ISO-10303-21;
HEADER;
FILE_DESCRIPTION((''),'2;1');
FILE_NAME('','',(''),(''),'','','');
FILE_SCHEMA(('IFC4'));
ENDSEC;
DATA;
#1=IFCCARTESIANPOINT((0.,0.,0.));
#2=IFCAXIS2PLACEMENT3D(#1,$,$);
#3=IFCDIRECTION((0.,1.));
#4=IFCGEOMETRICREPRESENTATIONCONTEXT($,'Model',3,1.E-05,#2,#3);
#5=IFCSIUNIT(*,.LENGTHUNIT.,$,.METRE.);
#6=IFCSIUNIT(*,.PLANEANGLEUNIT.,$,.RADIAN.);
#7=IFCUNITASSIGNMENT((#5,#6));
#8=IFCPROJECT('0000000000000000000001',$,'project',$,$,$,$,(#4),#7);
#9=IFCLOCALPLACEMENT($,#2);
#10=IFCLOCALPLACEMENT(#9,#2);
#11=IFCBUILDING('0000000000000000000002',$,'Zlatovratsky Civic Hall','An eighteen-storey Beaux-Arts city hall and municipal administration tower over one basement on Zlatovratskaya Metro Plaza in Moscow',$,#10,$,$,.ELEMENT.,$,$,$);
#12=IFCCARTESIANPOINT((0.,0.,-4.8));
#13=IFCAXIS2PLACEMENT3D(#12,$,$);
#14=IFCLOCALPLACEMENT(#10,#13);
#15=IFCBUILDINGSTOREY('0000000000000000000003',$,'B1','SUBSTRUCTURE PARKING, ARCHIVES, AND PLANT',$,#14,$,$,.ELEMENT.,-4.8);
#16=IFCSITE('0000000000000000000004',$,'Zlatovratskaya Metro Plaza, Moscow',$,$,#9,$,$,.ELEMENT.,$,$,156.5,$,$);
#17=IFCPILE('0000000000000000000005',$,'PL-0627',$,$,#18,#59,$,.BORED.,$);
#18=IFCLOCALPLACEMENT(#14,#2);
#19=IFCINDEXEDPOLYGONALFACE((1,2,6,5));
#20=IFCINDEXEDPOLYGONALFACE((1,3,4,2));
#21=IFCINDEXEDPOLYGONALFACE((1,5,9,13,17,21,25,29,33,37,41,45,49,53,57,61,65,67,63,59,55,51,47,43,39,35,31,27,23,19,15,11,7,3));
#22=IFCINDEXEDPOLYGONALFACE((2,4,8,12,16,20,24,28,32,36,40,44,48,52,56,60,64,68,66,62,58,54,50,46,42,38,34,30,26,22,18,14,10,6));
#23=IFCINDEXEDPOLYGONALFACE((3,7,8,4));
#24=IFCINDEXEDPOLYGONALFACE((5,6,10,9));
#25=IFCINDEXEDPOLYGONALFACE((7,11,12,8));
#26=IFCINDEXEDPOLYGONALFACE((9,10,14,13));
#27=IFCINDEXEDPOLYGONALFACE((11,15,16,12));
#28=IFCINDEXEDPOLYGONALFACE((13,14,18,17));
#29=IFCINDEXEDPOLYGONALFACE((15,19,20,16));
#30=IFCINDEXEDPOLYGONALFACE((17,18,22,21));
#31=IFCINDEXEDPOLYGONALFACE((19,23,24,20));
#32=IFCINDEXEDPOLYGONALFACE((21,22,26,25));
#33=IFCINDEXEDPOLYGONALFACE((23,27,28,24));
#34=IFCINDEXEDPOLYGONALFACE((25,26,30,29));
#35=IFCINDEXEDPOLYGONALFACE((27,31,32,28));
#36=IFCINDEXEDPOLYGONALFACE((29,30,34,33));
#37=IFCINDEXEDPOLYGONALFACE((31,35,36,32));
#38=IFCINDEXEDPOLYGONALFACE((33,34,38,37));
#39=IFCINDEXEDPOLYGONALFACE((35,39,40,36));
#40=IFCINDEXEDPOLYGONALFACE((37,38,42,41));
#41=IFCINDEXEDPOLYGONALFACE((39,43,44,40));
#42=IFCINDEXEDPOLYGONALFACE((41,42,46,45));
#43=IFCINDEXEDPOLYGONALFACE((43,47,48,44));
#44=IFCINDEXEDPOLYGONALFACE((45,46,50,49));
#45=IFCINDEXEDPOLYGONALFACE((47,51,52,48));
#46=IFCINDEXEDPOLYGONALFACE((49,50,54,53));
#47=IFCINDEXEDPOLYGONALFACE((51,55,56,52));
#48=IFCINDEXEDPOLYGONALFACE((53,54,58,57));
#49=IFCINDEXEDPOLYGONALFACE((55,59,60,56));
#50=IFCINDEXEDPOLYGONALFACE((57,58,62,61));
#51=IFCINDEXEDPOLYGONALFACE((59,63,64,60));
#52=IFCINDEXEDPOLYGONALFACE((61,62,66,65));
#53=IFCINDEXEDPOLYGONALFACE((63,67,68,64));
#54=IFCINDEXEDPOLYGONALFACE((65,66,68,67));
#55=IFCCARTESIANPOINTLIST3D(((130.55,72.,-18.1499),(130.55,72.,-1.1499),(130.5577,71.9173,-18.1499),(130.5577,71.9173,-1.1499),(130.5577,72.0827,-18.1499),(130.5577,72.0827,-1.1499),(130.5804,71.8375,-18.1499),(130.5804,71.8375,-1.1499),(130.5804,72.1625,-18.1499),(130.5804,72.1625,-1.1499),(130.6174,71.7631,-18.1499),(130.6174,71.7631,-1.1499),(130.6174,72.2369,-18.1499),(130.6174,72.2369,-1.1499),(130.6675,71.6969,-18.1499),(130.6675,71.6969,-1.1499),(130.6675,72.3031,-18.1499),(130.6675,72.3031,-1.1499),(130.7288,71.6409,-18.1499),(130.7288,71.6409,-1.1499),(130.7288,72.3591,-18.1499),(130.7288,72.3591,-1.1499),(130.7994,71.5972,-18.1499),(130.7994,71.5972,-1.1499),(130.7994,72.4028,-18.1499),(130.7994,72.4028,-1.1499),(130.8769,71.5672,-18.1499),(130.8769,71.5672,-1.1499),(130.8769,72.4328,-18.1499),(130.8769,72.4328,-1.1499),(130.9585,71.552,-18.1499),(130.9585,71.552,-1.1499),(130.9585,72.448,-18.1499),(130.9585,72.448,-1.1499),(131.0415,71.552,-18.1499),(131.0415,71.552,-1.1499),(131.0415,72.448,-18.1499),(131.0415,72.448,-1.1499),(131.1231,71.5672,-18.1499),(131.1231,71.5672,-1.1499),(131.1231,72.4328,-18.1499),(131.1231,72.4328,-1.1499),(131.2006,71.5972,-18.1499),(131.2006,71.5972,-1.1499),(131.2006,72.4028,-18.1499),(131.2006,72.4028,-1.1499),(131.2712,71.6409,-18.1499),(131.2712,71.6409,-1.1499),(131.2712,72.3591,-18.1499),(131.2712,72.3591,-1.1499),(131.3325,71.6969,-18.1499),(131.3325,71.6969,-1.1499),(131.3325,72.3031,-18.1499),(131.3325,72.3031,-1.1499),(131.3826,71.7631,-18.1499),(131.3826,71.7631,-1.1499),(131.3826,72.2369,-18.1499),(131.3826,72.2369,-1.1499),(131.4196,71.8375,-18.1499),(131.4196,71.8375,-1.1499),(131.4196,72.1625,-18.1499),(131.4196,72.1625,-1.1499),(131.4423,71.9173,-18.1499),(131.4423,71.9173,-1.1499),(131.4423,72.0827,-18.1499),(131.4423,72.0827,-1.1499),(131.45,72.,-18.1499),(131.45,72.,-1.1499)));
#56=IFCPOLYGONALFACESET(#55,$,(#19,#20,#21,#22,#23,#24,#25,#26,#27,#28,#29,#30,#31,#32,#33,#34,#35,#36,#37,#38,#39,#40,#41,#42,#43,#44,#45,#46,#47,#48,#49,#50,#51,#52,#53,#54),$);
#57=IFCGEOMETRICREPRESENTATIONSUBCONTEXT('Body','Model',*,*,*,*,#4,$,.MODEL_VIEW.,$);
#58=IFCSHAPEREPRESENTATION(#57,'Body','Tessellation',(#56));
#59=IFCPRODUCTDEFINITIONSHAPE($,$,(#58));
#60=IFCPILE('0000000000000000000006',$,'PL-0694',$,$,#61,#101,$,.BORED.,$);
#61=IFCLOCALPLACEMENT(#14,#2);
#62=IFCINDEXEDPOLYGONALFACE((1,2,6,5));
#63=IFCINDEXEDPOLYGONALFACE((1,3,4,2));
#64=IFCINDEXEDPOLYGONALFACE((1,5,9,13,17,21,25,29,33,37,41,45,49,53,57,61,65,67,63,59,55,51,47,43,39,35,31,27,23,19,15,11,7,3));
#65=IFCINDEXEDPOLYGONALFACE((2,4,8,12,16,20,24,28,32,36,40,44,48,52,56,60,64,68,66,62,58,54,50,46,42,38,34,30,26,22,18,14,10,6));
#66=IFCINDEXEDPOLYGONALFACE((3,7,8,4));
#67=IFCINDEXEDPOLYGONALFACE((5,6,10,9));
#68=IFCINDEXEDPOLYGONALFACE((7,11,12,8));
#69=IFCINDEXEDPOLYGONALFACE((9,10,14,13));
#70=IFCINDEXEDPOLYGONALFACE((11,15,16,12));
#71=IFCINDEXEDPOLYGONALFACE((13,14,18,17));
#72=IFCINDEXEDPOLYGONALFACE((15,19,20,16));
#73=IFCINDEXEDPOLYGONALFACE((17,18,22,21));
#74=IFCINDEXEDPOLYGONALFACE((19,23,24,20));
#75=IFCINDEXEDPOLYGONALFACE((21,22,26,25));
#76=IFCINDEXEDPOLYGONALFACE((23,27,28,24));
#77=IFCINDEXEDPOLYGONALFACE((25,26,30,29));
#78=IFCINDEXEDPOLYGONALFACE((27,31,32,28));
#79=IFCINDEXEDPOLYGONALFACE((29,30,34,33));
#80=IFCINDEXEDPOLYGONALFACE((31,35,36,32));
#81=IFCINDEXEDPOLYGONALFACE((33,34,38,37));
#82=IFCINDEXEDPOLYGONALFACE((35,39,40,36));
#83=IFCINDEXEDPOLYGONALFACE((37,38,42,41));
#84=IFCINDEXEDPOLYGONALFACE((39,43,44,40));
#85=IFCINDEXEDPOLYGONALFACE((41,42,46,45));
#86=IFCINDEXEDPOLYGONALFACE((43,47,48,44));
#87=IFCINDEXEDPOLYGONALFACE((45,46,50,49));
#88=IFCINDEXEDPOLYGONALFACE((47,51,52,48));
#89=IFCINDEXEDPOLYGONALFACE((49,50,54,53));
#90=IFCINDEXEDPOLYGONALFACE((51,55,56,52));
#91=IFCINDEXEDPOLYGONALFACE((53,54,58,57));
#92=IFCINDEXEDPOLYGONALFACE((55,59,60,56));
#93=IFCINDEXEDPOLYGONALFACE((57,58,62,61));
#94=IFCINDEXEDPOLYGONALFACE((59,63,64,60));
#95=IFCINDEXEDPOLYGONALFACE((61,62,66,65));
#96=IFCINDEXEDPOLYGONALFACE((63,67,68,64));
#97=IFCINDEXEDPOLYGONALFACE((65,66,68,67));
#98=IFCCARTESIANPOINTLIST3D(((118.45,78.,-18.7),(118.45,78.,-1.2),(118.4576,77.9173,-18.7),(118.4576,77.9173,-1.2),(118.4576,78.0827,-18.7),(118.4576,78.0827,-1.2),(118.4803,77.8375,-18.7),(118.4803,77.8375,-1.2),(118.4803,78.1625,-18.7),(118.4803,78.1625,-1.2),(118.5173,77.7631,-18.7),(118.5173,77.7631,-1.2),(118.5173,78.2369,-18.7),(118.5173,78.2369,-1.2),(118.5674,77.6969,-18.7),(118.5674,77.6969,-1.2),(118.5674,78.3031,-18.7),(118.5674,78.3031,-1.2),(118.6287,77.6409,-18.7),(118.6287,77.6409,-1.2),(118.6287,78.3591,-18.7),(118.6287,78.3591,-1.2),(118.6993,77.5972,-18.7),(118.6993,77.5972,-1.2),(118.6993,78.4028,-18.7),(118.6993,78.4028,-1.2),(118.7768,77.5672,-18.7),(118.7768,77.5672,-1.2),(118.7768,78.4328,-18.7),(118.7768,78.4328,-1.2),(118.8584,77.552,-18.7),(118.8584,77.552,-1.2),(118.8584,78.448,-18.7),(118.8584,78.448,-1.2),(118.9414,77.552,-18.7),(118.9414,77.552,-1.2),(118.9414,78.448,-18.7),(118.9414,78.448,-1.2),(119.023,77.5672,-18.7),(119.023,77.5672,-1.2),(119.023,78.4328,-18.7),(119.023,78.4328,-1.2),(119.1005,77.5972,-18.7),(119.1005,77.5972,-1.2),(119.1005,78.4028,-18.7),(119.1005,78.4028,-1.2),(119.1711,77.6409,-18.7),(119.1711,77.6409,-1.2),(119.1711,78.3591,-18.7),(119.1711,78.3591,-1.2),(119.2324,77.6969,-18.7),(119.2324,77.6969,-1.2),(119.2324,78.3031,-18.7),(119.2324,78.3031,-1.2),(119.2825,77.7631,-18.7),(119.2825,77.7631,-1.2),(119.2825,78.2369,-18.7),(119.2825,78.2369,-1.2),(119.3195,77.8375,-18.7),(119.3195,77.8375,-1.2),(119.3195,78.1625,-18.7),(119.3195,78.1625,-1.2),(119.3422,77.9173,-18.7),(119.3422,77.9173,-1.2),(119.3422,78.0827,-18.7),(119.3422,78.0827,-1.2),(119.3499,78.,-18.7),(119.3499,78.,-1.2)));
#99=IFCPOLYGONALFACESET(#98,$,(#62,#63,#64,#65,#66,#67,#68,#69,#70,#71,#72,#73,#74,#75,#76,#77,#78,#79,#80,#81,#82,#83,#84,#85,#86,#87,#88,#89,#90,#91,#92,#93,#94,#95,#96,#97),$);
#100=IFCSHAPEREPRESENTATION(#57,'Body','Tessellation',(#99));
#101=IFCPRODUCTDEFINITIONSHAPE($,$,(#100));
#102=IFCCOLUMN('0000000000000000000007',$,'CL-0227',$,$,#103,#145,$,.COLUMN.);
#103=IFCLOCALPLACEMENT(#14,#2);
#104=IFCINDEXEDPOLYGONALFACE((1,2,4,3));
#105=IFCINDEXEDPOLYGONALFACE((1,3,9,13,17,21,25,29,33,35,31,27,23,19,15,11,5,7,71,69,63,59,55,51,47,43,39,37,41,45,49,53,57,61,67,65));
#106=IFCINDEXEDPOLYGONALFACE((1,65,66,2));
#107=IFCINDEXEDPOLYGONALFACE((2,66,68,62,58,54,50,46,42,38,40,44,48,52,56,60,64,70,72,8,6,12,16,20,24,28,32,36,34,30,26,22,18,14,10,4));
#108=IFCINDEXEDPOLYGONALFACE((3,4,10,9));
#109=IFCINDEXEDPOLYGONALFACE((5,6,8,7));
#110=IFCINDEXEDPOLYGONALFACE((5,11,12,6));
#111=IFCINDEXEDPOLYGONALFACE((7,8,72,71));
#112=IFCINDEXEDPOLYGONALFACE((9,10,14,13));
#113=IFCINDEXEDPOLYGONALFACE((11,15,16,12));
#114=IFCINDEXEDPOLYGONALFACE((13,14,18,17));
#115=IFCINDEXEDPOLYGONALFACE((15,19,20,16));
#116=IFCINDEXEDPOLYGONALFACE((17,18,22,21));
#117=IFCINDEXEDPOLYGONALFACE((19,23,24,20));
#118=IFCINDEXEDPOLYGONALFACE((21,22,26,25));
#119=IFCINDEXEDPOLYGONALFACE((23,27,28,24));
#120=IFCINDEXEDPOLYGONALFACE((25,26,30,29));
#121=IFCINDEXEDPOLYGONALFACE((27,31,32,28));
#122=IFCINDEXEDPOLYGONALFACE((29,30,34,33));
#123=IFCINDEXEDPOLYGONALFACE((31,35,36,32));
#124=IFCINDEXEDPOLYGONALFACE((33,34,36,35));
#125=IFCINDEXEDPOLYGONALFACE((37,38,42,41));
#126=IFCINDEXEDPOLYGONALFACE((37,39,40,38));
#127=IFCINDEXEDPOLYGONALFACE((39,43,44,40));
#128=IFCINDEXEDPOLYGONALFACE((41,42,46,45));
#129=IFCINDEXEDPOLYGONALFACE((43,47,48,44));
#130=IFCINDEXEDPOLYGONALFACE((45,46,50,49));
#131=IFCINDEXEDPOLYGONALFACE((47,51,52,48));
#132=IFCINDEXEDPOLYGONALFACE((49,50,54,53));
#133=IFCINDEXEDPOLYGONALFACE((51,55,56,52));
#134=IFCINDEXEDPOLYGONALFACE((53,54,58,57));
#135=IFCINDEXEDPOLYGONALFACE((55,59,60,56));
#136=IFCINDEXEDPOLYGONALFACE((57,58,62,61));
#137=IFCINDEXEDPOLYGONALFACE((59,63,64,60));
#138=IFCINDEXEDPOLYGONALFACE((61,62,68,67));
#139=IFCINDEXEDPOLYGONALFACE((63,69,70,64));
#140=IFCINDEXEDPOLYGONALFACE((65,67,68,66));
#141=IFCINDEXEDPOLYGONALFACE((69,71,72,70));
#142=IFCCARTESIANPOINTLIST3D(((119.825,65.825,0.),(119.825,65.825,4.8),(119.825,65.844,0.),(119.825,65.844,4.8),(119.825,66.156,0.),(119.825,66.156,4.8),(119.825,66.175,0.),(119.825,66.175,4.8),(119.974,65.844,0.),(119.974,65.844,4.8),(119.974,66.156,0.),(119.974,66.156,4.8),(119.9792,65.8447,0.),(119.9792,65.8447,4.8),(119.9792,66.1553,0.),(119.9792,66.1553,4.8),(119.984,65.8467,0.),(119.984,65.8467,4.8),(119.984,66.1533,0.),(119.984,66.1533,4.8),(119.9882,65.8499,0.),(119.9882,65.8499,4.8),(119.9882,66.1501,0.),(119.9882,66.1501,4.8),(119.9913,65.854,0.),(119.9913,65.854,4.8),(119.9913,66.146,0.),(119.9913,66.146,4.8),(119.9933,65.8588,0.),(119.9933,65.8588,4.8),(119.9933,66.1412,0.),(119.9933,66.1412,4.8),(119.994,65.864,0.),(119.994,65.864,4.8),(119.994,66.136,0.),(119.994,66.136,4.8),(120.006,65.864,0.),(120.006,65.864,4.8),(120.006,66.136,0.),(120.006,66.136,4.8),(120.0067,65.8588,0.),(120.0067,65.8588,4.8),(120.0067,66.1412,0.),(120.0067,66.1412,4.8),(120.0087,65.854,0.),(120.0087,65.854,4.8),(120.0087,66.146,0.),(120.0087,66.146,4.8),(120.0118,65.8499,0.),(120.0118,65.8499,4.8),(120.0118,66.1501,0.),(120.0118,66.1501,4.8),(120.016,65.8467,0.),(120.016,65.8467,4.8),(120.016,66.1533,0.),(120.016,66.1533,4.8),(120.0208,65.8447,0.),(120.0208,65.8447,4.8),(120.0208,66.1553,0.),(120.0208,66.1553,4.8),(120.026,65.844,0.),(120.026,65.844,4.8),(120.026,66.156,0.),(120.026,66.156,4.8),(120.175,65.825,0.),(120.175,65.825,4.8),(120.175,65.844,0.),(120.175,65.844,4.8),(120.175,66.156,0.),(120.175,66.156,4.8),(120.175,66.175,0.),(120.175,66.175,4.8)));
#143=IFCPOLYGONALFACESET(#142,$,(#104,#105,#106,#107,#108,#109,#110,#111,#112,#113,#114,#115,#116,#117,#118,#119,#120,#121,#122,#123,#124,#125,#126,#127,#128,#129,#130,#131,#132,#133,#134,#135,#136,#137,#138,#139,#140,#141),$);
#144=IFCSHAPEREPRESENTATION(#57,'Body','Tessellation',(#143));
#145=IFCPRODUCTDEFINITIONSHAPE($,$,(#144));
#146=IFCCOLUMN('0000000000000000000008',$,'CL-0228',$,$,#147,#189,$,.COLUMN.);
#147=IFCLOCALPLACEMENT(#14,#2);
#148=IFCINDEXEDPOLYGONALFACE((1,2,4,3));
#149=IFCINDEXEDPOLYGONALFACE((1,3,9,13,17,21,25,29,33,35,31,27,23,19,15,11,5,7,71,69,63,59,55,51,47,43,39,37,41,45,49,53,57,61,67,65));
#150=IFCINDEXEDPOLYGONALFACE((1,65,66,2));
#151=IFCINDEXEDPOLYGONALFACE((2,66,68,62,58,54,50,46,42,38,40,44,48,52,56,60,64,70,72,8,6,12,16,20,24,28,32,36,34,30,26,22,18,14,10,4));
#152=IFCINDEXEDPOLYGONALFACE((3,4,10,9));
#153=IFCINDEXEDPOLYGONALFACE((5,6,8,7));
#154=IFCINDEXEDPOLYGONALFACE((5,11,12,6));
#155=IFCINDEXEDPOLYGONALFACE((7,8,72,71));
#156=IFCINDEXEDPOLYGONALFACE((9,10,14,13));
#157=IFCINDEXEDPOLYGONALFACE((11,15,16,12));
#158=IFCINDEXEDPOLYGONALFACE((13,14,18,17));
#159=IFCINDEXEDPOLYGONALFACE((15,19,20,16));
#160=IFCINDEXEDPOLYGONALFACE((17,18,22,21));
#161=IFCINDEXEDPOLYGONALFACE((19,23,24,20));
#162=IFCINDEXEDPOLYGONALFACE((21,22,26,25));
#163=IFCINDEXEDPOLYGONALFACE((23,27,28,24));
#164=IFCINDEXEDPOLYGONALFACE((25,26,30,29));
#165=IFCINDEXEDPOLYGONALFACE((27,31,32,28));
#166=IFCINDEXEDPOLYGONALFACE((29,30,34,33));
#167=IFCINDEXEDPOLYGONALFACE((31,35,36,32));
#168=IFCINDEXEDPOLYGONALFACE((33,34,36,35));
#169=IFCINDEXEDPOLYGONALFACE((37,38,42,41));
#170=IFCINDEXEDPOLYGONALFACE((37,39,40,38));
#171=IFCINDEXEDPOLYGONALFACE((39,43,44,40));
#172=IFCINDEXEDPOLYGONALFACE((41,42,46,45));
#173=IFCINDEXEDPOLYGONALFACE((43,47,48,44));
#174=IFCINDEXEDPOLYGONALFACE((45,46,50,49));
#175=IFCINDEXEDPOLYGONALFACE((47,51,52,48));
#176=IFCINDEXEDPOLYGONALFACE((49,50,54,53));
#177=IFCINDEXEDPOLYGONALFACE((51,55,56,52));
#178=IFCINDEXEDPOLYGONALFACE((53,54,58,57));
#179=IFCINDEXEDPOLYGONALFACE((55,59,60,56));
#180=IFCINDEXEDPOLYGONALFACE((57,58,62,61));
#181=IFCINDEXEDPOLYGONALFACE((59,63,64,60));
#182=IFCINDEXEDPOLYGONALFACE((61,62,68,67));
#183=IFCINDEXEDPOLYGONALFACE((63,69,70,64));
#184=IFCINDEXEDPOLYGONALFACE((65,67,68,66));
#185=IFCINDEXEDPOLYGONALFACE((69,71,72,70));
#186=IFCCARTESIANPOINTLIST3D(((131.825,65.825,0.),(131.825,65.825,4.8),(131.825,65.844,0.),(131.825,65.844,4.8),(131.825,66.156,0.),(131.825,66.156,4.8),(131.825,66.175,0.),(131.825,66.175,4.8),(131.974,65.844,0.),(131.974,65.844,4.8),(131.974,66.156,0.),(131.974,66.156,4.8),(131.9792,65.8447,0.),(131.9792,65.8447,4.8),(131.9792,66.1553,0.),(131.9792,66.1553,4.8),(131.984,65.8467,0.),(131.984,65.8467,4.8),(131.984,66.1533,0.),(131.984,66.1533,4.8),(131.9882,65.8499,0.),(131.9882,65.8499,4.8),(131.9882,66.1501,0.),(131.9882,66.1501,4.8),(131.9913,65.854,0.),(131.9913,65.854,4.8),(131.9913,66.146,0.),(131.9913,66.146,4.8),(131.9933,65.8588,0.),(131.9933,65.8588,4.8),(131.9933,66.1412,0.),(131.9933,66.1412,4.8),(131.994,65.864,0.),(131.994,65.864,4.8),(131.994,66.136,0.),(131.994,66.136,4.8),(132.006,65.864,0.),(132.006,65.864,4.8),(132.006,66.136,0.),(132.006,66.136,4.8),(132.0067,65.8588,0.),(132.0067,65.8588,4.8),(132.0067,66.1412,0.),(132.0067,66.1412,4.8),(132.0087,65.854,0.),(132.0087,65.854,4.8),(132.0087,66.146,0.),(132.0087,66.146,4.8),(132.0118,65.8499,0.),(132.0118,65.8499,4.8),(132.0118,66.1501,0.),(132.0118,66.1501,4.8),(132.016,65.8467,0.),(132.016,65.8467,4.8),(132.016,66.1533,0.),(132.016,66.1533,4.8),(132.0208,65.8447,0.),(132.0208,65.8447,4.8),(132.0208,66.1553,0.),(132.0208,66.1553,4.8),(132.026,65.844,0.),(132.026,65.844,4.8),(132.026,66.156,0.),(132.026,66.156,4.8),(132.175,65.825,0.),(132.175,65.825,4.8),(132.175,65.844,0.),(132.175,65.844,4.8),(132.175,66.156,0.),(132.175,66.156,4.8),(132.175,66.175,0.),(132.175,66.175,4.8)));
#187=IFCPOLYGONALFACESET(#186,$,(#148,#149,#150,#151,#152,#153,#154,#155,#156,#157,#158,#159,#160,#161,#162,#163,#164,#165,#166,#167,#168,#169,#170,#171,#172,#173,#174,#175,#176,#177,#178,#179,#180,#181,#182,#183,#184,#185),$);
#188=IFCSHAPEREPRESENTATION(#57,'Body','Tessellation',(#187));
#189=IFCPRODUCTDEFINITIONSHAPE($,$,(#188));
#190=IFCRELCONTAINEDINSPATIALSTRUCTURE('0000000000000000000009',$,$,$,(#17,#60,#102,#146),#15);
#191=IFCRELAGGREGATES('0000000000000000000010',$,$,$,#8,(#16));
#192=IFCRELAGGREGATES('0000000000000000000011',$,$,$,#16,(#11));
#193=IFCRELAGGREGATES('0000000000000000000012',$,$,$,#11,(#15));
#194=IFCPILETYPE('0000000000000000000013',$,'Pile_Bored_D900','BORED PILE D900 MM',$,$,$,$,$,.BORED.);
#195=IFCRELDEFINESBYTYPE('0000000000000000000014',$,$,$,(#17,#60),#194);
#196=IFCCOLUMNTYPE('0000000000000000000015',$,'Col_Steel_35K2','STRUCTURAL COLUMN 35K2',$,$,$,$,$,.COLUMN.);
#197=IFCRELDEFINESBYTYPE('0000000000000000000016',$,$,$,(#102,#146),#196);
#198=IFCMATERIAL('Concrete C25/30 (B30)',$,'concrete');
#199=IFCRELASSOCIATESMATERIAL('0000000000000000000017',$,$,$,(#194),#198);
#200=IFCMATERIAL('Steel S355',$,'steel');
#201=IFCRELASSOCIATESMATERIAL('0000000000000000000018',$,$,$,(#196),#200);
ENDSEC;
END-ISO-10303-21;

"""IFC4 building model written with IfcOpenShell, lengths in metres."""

from ifc_helpers import new_model, si_unit, direction, frame, origin, origin_2d, place, context, subcontext, project, spatial, circle, i_section, extrude, material, material_profile, profile_set, type_object, element, save


model = new_model("IFC4")

# Units and contexts
model_context = context("Model", 3, precision=1e-05, world=origin(), true_north=direction((0.0, 1.0)))
body_context = subcontext(model_context, "Body", "Model", "MODEL_VIEW")
ifc_project = project(units=[si_unit("LENGTHUNIT", "METRE"), si_unit("PLANEANGLEUNIT", "RADIAN")], contexts=[model_context])

# Site, building, storey
site_placement = place(None, origin())
site = spatial("IfcSite", under=ifc_project, at=site_placement, Name="Zlatovratskaya Metro Plaza, Moscow", CompositionType="ELEMENT", RefElevation=156.5)
building_placement = place(site_placement, origin())
building = spatial("IfcBuilding", under=site, at=building_placement, Name="Zlatovratsky Civic Hall", Description="An eighteen-storey Beaux-Arts city hall and municipal administration tower over one basement on Zlatovratskaya Metro Plaza in Moscow", CompositionType="ELEMENT")
storey_placement = place(building_placement, frame((0.0, 0.0, -4.8)))
storey = spatial("IfcBuildingStorey", under=building, at=storey_placement, Name="B1", Description="SUBSTRUCTURE PARKING, ARCHIVES, AND PLANT", CompositionType="ELEMENT", Elevation=-4.8)

# Shared definitions
ifc_material_1 = material(Name="Concrete C25/30 (B30)", Category="concrete")

# Piles
ifc_material_profile_1 = material_profile(ifc_material_1, circle(Radius=0.45, at=origin_2d()), Name="PILE D900")
ifc_profile_set_1 = profile_set([ifc_material_profile_1], Name="Concrete C25/30 (B30)")
pile_type_1 = type_object("IfcPileType", Name="Pile_Bored_D900", Description="BORED PILE D900 MM", PredefinedType="BORED", material=ifc_profile_set_1)
pile_1_placement = place(storey_placement, frame((131.0, 72.0, -1.1499), z_axis=(0.0, 0.0, -1.0), x_axis=(1.0, 0.0, 0.0)))
element("IfcPile", 1, at=pile_1_placement, inside=storey, type_object=pile_type_1, Name="PL-0627", PredefinedType="BORED", context=body_context, shape_type="SweptSolid", body=[
    extrude(circle(Radius=0.45, at=origin_2d()), origin(), (0.0, 0.0, 1.0), 17.0),
])
pile_2_placement = place(storey_placement, frame((118.8999, 78.0, -1.2), z_axis=(0.0, 0.0, -1.0), x_axis=(1.0, 0.0, 0.0)))
element("IfcPile", 2, at=pile_2_placement, inside=storey, type_object=pile_type_1, Name="PL-0694", PredefinedType="BORED", context=body_context, shape_type="SweptSolid", body=[
    extrude(circle(Radius=0.45, at=origin_2d()), origin(), (0.0, 0.0, 1.0), 17.5),
])

# Columns
ifc_material_2 = material(Name="Steel S355", Category="steel")
ifc_material_profile_2 = material_profile(ifc_material_2, i_section(OverallWidth=0.3501, OverallDepth=0.3501, WebThickness=0.012, FlangeThickness=0.019, FilletRadius=0.02, at=origin_2d()), Name="35K2")
ifc_profile_set_2 = profile_set([ifc_material_profile_2], Name="Steel S355")
column_type = type_object("IfcColumnType", Name="Col_Steel_35K2", Description="STRUCTURAL COLUMN 35K2", PredefinedType="COLUMN", material=ifc_profile_set_2)
for number, where, z_axis, x_axis, name in (
    (3, (120.0, 66.0, 0.0), (0.0, 0.0, 1.0), (1.0, 0.0, 0.0), "CL-0227"),
    (4, (132.0, 66.0, 0.0), (0.0, 0.0, 1.0), (1.0, 0.0, 0.0), "CL-0228"),
):
    element("IfcColumn", number, at=place(storey_placement, frame(where, z_axis=z_axis, x_axis=x_axis)), inside=storey, type_object=column_type, Name=name, PredefinedType="COLUMN", context=body_context, shape_type="SweptSolid", body=[
        extrude(i_section(OverallWidth=0.3501, OverallDepth=0.3501, WebThickness=0.012, FlangeThickness=0.019, FilletRadius=0.02, at=origin_2d()), origin(), (0.0, 0.0, 1.0), 4.8),
    ])

save(model, "model.ifc")
